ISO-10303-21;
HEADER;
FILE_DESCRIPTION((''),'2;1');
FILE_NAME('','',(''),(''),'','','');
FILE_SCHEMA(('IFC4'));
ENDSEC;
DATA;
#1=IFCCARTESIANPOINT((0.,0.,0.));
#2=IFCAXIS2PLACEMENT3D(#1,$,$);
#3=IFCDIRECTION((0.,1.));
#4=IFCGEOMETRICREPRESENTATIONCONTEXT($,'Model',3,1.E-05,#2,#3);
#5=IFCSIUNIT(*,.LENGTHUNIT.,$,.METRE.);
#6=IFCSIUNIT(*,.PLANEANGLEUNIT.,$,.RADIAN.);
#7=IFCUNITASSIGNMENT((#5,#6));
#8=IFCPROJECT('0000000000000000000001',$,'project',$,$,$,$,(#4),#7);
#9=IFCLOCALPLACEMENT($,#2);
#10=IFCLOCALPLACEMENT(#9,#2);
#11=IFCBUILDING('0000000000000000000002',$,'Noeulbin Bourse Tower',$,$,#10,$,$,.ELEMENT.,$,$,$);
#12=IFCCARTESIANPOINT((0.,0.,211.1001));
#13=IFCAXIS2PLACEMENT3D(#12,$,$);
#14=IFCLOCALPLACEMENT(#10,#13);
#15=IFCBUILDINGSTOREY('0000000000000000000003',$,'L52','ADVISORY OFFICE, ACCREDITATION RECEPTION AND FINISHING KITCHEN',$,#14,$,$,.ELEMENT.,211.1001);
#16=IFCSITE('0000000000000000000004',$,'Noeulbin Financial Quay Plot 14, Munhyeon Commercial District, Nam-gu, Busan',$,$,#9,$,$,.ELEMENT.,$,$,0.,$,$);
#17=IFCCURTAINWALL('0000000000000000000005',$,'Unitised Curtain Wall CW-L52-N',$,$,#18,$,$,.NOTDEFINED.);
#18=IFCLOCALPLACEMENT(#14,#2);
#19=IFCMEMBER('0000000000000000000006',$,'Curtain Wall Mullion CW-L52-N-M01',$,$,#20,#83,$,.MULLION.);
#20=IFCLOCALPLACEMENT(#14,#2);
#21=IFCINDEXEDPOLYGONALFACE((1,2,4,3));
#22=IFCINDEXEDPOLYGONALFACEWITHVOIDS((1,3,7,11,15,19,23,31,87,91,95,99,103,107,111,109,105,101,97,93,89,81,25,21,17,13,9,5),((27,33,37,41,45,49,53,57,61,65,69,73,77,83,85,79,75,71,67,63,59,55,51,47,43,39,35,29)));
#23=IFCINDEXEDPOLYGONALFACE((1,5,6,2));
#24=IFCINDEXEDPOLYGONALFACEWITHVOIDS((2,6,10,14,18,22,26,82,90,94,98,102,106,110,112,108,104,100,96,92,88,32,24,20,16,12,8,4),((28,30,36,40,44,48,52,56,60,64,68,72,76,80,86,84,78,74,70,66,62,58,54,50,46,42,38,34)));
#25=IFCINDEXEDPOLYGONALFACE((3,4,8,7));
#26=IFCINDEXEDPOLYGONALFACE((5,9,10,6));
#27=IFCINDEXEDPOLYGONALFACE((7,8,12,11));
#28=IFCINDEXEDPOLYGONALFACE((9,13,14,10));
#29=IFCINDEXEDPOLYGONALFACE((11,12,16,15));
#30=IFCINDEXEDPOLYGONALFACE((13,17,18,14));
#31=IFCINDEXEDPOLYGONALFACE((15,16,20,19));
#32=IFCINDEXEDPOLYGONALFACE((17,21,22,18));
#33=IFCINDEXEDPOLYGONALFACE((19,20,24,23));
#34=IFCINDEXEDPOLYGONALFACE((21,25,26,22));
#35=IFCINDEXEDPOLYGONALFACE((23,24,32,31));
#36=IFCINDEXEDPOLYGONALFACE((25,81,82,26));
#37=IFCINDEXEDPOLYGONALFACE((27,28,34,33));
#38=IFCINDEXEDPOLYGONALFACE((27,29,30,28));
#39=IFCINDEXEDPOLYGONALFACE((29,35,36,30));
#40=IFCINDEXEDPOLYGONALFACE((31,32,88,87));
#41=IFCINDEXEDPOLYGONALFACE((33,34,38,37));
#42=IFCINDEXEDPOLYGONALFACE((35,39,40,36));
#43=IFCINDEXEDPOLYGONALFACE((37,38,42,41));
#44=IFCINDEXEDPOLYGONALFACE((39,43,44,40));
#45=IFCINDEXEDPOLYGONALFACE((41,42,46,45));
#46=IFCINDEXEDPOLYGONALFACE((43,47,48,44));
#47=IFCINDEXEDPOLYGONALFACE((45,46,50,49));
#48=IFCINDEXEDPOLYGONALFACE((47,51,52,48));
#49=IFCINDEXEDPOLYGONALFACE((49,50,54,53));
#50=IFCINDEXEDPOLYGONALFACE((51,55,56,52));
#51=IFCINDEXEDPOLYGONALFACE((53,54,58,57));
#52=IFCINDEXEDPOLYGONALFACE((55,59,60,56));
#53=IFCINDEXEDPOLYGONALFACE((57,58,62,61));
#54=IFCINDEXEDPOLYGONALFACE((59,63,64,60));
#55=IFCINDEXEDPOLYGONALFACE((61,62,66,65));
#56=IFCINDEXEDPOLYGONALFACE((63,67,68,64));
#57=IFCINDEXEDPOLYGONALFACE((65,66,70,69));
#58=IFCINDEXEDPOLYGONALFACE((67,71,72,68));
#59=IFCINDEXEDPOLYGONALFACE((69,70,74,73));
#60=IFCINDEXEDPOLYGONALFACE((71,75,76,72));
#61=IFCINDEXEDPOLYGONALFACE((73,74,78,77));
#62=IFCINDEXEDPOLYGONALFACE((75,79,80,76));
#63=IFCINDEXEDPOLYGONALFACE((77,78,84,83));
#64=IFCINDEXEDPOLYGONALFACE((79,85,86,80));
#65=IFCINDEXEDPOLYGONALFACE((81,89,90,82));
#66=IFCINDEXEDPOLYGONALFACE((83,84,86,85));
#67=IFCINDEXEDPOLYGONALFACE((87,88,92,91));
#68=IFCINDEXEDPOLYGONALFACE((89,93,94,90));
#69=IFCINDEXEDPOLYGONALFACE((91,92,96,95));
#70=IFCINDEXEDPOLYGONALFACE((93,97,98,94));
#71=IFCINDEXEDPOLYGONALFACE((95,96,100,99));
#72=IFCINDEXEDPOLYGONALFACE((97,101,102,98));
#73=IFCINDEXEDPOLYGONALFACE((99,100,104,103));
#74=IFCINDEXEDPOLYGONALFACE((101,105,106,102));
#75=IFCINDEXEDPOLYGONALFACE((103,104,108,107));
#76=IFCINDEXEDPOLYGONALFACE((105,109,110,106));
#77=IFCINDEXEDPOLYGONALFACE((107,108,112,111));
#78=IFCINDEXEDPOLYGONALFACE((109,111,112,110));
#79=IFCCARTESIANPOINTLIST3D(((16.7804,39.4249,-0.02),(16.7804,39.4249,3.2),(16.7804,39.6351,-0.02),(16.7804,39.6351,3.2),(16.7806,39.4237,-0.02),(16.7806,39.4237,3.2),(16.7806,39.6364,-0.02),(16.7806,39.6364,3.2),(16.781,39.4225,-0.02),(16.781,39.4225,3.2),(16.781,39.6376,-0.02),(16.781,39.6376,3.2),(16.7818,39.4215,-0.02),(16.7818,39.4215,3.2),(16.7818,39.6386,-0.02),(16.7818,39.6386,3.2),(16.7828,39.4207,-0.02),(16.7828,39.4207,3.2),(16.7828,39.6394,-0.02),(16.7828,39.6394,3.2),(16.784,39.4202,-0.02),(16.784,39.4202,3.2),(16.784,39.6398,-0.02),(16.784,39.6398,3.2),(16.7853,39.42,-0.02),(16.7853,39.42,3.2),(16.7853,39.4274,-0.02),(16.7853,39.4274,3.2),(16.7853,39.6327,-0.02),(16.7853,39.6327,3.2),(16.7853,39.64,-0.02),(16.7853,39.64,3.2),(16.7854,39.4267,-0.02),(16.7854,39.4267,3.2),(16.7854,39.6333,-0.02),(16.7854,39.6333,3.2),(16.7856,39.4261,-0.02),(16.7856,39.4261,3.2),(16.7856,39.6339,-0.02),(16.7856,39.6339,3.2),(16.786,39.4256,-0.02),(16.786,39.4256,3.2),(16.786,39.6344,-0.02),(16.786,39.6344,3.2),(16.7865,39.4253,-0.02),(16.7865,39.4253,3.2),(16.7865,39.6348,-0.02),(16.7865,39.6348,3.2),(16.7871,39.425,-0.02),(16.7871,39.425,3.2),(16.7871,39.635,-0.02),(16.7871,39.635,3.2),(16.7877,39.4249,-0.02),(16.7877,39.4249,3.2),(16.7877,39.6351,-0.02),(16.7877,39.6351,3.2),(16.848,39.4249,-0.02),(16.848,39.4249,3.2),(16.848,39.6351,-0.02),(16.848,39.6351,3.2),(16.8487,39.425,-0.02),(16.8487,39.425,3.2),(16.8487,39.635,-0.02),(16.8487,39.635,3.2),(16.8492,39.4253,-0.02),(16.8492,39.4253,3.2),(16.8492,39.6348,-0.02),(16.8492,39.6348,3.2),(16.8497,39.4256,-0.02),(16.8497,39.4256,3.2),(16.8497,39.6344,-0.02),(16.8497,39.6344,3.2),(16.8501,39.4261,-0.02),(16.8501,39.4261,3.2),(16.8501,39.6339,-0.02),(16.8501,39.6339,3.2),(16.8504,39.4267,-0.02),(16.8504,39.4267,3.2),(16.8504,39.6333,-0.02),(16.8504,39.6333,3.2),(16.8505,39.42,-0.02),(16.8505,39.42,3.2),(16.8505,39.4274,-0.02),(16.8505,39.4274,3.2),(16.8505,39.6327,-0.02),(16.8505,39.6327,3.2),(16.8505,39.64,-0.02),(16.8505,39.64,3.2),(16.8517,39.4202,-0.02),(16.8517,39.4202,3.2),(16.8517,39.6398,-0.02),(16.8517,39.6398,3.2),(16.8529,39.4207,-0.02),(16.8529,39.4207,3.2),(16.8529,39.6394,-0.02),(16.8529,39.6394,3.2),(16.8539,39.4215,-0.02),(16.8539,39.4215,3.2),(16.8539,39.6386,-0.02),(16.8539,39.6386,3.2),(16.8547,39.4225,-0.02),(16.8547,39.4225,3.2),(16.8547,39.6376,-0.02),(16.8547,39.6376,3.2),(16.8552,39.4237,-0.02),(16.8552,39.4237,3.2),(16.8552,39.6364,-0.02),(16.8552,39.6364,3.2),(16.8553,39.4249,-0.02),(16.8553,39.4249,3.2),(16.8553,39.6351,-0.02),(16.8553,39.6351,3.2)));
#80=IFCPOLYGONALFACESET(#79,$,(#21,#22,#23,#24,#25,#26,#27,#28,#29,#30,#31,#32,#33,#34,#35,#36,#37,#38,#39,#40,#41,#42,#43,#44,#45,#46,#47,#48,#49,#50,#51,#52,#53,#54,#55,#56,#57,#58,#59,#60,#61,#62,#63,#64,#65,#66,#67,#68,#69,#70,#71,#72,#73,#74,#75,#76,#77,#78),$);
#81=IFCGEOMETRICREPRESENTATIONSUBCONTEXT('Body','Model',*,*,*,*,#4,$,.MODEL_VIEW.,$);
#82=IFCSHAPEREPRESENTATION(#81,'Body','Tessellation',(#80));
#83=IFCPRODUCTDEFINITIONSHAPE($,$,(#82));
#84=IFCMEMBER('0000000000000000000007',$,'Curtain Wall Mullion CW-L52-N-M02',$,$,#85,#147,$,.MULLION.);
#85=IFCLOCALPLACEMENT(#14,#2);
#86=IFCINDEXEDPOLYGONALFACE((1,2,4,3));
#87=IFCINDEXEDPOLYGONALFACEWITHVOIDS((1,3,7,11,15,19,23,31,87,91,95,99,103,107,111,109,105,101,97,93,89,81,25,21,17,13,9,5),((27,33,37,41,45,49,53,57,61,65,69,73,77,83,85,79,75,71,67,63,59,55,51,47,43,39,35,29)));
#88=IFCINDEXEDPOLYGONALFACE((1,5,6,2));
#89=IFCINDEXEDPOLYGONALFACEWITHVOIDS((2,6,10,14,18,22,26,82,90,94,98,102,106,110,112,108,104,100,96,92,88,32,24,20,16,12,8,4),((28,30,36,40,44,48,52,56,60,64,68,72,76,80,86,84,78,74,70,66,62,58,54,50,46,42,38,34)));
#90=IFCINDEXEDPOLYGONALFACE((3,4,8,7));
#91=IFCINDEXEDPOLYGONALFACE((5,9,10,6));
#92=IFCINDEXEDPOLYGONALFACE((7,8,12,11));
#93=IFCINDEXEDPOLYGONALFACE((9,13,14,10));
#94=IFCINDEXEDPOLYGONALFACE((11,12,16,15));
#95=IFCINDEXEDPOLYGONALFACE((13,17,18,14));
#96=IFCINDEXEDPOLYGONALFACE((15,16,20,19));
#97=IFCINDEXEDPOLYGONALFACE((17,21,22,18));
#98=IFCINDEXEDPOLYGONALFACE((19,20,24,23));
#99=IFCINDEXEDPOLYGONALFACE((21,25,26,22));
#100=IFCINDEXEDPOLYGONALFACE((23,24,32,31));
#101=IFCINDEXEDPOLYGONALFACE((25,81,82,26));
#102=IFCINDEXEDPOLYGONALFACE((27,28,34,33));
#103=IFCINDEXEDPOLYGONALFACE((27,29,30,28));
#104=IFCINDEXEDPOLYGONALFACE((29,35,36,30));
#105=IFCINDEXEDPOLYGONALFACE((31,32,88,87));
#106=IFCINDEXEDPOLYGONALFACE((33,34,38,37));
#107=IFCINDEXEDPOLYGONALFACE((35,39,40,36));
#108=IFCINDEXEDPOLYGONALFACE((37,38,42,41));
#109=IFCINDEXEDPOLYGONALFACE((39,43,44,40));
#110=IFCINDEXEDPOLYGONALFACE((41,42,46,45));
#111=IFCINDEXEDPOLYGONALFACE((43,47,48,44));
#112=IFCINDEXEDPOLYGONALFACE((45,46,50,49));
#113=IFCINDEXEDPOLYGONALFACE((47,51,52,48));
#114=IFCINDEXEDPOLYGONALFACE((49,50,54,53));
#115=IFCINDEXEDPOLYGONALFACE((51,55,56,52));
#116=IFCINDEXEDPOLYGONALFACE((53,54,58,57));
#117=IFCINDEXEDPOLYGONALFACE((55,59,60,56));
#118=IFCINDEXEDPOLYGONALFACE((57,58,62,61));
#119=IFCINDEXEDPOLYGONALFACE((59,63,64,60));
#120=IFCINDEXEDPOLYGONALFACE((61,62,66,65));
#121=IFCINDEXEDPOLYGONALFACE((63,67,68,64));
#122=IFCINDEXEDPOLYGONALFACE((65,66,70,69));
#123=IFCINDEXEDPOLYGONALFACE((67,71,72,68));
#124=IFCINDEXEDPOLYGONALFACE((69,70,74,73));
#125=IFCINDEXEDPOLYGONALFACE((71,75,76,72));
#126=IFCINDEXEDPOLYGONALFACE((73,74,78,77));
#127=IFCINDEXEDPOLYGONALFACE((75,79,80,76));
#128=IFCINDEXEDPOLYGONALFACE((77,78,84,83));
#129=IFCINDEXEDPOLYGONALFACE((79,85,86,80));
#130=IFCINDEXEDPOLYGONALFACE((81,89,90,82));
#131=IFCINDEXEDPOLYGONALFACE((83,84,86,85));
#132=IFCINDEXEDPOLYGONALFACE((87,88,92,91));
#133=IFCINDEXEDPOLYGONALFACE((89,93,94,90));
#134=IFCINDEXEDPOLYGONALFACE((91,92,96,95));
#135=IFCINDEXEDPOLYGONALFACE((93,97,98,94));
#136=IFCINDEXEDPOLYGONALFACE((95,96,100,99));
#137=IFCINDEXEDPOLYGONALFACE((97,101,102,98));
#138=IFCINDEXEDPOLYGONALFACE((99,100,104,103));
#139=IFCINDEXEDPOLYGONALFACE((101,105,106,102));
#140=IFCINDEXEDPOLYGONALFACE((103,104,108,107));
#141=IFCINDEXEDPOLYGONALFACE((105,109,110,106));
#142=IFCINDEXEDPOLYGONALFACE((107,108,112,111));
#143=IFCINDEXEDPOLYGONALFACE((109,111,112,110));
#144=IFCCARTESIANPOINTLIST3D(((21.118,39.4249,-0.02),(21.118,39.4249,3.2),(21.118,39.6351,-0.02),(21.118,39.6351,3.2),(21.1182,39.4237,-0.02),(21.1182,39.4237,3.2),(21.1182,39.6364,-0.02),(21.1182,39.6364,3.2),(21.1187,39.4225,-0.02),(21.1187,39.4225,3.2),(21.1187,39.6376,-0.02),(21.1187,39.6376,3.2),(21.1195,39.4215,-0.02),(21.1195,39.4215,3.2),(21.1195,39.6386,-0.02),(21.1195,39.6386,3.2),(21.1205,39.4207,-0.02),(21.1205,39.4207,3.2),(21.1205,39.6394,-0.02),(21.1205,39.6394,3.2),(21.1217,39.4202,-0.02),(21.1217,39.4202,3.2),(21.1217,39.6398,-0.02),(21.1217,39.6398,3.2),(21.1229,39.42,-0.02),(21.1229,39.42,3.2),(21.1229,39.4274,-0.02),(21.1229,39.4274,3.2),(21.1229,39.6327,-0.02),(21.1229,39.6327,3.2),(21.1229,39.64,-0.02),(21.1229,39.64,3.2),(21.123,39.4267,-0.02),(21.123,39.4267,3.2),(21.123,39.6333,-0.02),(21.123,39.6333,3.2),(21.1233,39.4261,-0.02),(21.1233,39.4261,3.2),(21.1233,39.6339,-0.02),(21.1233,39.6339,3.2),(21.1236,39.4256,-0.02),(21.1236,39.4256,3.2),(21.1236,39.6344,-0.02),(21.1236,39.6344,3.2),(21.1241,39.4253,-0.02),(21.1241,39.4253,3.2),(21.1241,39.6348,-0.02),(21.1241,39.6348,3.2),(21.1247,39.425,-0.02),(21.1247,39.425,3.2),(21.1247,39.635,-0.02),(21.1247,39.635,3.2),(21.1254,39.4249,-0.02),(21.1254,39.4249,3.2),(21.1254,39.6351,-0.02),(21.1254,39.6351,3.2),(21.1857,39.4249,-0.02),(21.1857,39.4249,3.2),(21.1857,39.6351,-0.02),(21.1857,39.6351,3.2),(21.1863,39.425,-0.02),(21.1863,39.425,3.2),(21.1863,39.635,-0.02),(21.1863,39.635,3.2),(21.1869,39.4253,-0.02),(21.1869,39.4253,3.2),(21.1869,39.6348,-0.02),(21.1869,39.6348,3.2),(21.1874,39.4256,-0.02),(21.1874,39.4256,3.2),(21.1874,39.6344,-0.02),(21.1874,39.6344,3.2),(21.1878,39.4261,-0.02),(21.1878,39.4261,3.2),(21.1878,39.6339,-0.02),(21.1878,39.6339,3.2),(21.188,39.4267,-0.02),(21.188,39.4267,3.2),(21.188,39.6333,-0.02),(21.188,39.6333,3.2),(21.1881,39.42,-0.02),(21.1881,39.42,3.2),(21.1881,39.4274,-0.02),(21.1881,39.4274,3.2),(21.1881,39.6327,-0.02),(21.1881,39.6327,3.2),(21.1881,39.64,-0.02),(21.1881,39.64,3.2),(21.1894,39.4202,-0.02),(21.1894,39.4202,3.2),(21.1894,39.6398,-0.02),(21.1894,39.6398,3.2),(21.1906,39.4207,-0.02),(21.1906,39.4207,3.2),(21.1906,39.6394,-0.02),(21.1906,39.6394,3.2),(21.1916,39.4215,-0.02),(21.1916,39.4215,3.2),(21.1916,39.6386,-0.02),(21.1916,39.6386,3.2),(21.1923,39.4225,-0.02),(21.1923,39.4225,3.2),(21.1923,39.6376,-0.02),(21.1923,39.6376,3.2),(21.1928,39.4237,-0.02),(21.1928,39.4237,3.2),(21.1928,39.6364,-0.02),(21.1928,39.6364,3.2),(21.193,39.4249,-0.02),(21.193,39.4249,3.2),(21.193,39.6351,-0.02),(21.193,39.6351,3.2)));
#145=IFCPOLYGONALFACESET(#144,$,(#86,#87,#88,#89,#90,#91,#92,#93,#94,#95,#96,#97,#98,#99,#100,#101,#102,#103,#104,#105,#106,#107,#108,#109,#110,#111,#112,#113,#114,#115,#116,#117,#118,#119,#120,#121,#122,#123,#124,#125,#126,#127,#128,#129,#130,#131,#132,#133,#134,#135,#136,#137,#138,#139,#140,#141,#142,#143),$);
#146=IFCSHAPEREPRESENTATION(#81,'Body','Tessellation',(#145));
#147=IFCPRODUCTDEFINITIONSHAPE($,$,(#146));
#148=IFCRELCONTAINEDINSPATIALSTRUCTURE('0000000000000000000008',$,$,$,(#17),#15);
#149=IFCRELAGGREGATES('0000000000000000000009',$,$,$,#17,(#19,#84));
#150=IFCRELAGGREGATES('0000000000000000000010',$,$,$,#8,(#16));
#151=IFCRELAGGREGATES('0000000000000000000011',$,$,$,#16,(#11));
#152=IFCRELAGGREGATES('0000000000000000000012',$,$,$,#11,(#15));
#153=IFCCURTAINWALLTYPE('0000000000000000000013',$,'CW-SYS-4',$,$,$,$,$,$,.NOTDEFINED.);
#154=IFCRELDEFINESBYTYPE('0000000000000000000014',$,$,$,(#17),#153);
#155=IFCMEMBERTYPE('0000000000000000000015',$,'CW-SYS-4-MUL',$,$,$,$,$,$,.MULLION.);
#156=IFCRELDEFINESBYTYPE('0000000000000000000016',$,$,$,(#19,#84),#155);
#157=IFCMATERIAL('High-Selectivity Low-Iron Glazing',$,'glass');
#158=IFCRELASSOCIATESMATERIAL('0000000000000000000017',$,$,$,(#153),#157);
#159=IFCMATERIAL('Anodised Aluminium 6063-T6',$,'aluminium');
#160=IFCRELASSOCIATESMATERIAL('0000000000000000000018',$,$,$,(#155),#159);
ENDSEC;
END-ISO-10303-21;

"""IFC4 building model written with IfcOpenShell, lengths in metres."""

from ifc_helpers import new_model, si_unit, direction, frame, origin, origin_2d, place, context, subcontext, project, spatial, hollow_rectangle, extrude, material, material_profile, profile_set, type_object, element, aggregate, save


model = new_model("IFC4")

# Units and contexts
model_context = context("Model", 3, precision=1e-05, world=origin(), true_north=direction((0.0, 1.0)))
body_context = subcontext(model_context, "Body", "Model", "MODEL_VIEW")
ifc_project = project(units=[si_unit("LENGTHUNIT", "METRE"), si_unit("PLANEANGLEUNIT", "RADIAN")], contexts=[model_context])

# Site, building, storey
site_placement = place(None, origin())
site = spatial("IfcSite", under=ifc_project, at=site_placement, Name="Noeulbin Financial Quay Plot 14, Munhyeon Commercial District, Nam-gu, Busan", CompositionType="ELEMENT", RefElevation=0.0)
building_placement = place(site_placement, origin())
building = spatial("IfcBuilding", under=site, at=building_placement, Name="Noeulbin Bourse Tower", CompositionType="ELEMENT")
storey_placement = place(building_placement, frame((0.0, 0.0, 211.1001)))
storey = spatial("IfcBuildingStorey", under=building, at=storey_placement, Name="L52", Description="ADVISORY OFFICE, ACCREDITATION RECEPTION AND FINISHING KITCHEN", CompositionType="ELEMENT", Elevation=211.1001)

# Curtain wall, members
ifc_material_1 = material(Name="High-Selectivity Low-Iron Glazing", Category="glass")
curtain_wall_type = type_object("IfcCurtainWallType", Name="CW-SYS-4", PredefinedType="NOTDEFINED", material=ifc_material_1)
curtain_wall_placement = place(storey_placement, origin())
curtain_wall = element("IfcCurtainWall", 1, at=curtain_wall_placement, inside=storey, type_object=curtain_wall_type, Name="Unitised Curtain Wall CW-L52-N", PredefinedType="NOTDEFINED")
ifc_material_2 = material(Name="Anodised Aluminium 6063-T6", Category="aluminium")
ifc_material_profile_1 = material_profile(ifc_material_2, hollow_rectangle(XDim=0.075, YDim=0.22, WallThickness=0.0049, InnerFilletRadius=0.0024, OuterFilletRadius=0.0049, at=origin_2d()), Name="ALU-MULL-75x220x5", Category="LoadBearing")
ifc_profile_set_1 = profile_set([ifc_material_profile_1], Name="Anodised Aluminium 6063-T6")
member_type = type_object("IfcMemberType", Name="CW-SYS-4-MUL", PredefinedType="MULLION", material=ifc_profile_set_1)
member_1_placement = place(storey_placement, frame((16.8179, 39.53, -0.02), z_axis=(0.0, 0.0, 1.0), x_axis=(1.0, 0.0, 0.0)))
member_1 = element("IfcMember", 2, at=member_1_placement, type_object=member_type, Name="Curtain Wall Mullion CW-L52-N-M01", PredefinedType="MULLION", context=body_context, shape_type="SweptSolid", body=[
    extrude(hollow_rectangle(XDim=0.075, YDim=0.22, WallThickness=0.0049, InnerFilletRadius=0.0024, OuterFilletRadius=0.0049, at=origin_2d()), origin(), (0.0, 0.0, 1.0), 3.22),
])
member_2_placement = place(storey_placement, frame((21.1555, 39.53, -0.02), z_axis=(0.0, 0.0, 1.0), x_axis=(1.0, 0.0, 0.0)))
member_2 = element("IfcMember", 3, at=member_2_placement, type_object=member_type, Name="Curtain Wall Mullion CW-L52-N-M02", PredefinedType="MULLION", context=body_context, shape_type="SweptSolid", body=[
    extrude(hollow_rectangle(XDim=0.075, YDim=0.22, WallThickness=0.0049, InnerFilletRadius=0.0024, OuterFilletRadius=0.0049, at=origin_2d()), origin(), (0.0, 0.0, 1.0), 3.22),
])
aggregate(curtain_wall, [member_1, member_2])

save(model, "model.ifc")
